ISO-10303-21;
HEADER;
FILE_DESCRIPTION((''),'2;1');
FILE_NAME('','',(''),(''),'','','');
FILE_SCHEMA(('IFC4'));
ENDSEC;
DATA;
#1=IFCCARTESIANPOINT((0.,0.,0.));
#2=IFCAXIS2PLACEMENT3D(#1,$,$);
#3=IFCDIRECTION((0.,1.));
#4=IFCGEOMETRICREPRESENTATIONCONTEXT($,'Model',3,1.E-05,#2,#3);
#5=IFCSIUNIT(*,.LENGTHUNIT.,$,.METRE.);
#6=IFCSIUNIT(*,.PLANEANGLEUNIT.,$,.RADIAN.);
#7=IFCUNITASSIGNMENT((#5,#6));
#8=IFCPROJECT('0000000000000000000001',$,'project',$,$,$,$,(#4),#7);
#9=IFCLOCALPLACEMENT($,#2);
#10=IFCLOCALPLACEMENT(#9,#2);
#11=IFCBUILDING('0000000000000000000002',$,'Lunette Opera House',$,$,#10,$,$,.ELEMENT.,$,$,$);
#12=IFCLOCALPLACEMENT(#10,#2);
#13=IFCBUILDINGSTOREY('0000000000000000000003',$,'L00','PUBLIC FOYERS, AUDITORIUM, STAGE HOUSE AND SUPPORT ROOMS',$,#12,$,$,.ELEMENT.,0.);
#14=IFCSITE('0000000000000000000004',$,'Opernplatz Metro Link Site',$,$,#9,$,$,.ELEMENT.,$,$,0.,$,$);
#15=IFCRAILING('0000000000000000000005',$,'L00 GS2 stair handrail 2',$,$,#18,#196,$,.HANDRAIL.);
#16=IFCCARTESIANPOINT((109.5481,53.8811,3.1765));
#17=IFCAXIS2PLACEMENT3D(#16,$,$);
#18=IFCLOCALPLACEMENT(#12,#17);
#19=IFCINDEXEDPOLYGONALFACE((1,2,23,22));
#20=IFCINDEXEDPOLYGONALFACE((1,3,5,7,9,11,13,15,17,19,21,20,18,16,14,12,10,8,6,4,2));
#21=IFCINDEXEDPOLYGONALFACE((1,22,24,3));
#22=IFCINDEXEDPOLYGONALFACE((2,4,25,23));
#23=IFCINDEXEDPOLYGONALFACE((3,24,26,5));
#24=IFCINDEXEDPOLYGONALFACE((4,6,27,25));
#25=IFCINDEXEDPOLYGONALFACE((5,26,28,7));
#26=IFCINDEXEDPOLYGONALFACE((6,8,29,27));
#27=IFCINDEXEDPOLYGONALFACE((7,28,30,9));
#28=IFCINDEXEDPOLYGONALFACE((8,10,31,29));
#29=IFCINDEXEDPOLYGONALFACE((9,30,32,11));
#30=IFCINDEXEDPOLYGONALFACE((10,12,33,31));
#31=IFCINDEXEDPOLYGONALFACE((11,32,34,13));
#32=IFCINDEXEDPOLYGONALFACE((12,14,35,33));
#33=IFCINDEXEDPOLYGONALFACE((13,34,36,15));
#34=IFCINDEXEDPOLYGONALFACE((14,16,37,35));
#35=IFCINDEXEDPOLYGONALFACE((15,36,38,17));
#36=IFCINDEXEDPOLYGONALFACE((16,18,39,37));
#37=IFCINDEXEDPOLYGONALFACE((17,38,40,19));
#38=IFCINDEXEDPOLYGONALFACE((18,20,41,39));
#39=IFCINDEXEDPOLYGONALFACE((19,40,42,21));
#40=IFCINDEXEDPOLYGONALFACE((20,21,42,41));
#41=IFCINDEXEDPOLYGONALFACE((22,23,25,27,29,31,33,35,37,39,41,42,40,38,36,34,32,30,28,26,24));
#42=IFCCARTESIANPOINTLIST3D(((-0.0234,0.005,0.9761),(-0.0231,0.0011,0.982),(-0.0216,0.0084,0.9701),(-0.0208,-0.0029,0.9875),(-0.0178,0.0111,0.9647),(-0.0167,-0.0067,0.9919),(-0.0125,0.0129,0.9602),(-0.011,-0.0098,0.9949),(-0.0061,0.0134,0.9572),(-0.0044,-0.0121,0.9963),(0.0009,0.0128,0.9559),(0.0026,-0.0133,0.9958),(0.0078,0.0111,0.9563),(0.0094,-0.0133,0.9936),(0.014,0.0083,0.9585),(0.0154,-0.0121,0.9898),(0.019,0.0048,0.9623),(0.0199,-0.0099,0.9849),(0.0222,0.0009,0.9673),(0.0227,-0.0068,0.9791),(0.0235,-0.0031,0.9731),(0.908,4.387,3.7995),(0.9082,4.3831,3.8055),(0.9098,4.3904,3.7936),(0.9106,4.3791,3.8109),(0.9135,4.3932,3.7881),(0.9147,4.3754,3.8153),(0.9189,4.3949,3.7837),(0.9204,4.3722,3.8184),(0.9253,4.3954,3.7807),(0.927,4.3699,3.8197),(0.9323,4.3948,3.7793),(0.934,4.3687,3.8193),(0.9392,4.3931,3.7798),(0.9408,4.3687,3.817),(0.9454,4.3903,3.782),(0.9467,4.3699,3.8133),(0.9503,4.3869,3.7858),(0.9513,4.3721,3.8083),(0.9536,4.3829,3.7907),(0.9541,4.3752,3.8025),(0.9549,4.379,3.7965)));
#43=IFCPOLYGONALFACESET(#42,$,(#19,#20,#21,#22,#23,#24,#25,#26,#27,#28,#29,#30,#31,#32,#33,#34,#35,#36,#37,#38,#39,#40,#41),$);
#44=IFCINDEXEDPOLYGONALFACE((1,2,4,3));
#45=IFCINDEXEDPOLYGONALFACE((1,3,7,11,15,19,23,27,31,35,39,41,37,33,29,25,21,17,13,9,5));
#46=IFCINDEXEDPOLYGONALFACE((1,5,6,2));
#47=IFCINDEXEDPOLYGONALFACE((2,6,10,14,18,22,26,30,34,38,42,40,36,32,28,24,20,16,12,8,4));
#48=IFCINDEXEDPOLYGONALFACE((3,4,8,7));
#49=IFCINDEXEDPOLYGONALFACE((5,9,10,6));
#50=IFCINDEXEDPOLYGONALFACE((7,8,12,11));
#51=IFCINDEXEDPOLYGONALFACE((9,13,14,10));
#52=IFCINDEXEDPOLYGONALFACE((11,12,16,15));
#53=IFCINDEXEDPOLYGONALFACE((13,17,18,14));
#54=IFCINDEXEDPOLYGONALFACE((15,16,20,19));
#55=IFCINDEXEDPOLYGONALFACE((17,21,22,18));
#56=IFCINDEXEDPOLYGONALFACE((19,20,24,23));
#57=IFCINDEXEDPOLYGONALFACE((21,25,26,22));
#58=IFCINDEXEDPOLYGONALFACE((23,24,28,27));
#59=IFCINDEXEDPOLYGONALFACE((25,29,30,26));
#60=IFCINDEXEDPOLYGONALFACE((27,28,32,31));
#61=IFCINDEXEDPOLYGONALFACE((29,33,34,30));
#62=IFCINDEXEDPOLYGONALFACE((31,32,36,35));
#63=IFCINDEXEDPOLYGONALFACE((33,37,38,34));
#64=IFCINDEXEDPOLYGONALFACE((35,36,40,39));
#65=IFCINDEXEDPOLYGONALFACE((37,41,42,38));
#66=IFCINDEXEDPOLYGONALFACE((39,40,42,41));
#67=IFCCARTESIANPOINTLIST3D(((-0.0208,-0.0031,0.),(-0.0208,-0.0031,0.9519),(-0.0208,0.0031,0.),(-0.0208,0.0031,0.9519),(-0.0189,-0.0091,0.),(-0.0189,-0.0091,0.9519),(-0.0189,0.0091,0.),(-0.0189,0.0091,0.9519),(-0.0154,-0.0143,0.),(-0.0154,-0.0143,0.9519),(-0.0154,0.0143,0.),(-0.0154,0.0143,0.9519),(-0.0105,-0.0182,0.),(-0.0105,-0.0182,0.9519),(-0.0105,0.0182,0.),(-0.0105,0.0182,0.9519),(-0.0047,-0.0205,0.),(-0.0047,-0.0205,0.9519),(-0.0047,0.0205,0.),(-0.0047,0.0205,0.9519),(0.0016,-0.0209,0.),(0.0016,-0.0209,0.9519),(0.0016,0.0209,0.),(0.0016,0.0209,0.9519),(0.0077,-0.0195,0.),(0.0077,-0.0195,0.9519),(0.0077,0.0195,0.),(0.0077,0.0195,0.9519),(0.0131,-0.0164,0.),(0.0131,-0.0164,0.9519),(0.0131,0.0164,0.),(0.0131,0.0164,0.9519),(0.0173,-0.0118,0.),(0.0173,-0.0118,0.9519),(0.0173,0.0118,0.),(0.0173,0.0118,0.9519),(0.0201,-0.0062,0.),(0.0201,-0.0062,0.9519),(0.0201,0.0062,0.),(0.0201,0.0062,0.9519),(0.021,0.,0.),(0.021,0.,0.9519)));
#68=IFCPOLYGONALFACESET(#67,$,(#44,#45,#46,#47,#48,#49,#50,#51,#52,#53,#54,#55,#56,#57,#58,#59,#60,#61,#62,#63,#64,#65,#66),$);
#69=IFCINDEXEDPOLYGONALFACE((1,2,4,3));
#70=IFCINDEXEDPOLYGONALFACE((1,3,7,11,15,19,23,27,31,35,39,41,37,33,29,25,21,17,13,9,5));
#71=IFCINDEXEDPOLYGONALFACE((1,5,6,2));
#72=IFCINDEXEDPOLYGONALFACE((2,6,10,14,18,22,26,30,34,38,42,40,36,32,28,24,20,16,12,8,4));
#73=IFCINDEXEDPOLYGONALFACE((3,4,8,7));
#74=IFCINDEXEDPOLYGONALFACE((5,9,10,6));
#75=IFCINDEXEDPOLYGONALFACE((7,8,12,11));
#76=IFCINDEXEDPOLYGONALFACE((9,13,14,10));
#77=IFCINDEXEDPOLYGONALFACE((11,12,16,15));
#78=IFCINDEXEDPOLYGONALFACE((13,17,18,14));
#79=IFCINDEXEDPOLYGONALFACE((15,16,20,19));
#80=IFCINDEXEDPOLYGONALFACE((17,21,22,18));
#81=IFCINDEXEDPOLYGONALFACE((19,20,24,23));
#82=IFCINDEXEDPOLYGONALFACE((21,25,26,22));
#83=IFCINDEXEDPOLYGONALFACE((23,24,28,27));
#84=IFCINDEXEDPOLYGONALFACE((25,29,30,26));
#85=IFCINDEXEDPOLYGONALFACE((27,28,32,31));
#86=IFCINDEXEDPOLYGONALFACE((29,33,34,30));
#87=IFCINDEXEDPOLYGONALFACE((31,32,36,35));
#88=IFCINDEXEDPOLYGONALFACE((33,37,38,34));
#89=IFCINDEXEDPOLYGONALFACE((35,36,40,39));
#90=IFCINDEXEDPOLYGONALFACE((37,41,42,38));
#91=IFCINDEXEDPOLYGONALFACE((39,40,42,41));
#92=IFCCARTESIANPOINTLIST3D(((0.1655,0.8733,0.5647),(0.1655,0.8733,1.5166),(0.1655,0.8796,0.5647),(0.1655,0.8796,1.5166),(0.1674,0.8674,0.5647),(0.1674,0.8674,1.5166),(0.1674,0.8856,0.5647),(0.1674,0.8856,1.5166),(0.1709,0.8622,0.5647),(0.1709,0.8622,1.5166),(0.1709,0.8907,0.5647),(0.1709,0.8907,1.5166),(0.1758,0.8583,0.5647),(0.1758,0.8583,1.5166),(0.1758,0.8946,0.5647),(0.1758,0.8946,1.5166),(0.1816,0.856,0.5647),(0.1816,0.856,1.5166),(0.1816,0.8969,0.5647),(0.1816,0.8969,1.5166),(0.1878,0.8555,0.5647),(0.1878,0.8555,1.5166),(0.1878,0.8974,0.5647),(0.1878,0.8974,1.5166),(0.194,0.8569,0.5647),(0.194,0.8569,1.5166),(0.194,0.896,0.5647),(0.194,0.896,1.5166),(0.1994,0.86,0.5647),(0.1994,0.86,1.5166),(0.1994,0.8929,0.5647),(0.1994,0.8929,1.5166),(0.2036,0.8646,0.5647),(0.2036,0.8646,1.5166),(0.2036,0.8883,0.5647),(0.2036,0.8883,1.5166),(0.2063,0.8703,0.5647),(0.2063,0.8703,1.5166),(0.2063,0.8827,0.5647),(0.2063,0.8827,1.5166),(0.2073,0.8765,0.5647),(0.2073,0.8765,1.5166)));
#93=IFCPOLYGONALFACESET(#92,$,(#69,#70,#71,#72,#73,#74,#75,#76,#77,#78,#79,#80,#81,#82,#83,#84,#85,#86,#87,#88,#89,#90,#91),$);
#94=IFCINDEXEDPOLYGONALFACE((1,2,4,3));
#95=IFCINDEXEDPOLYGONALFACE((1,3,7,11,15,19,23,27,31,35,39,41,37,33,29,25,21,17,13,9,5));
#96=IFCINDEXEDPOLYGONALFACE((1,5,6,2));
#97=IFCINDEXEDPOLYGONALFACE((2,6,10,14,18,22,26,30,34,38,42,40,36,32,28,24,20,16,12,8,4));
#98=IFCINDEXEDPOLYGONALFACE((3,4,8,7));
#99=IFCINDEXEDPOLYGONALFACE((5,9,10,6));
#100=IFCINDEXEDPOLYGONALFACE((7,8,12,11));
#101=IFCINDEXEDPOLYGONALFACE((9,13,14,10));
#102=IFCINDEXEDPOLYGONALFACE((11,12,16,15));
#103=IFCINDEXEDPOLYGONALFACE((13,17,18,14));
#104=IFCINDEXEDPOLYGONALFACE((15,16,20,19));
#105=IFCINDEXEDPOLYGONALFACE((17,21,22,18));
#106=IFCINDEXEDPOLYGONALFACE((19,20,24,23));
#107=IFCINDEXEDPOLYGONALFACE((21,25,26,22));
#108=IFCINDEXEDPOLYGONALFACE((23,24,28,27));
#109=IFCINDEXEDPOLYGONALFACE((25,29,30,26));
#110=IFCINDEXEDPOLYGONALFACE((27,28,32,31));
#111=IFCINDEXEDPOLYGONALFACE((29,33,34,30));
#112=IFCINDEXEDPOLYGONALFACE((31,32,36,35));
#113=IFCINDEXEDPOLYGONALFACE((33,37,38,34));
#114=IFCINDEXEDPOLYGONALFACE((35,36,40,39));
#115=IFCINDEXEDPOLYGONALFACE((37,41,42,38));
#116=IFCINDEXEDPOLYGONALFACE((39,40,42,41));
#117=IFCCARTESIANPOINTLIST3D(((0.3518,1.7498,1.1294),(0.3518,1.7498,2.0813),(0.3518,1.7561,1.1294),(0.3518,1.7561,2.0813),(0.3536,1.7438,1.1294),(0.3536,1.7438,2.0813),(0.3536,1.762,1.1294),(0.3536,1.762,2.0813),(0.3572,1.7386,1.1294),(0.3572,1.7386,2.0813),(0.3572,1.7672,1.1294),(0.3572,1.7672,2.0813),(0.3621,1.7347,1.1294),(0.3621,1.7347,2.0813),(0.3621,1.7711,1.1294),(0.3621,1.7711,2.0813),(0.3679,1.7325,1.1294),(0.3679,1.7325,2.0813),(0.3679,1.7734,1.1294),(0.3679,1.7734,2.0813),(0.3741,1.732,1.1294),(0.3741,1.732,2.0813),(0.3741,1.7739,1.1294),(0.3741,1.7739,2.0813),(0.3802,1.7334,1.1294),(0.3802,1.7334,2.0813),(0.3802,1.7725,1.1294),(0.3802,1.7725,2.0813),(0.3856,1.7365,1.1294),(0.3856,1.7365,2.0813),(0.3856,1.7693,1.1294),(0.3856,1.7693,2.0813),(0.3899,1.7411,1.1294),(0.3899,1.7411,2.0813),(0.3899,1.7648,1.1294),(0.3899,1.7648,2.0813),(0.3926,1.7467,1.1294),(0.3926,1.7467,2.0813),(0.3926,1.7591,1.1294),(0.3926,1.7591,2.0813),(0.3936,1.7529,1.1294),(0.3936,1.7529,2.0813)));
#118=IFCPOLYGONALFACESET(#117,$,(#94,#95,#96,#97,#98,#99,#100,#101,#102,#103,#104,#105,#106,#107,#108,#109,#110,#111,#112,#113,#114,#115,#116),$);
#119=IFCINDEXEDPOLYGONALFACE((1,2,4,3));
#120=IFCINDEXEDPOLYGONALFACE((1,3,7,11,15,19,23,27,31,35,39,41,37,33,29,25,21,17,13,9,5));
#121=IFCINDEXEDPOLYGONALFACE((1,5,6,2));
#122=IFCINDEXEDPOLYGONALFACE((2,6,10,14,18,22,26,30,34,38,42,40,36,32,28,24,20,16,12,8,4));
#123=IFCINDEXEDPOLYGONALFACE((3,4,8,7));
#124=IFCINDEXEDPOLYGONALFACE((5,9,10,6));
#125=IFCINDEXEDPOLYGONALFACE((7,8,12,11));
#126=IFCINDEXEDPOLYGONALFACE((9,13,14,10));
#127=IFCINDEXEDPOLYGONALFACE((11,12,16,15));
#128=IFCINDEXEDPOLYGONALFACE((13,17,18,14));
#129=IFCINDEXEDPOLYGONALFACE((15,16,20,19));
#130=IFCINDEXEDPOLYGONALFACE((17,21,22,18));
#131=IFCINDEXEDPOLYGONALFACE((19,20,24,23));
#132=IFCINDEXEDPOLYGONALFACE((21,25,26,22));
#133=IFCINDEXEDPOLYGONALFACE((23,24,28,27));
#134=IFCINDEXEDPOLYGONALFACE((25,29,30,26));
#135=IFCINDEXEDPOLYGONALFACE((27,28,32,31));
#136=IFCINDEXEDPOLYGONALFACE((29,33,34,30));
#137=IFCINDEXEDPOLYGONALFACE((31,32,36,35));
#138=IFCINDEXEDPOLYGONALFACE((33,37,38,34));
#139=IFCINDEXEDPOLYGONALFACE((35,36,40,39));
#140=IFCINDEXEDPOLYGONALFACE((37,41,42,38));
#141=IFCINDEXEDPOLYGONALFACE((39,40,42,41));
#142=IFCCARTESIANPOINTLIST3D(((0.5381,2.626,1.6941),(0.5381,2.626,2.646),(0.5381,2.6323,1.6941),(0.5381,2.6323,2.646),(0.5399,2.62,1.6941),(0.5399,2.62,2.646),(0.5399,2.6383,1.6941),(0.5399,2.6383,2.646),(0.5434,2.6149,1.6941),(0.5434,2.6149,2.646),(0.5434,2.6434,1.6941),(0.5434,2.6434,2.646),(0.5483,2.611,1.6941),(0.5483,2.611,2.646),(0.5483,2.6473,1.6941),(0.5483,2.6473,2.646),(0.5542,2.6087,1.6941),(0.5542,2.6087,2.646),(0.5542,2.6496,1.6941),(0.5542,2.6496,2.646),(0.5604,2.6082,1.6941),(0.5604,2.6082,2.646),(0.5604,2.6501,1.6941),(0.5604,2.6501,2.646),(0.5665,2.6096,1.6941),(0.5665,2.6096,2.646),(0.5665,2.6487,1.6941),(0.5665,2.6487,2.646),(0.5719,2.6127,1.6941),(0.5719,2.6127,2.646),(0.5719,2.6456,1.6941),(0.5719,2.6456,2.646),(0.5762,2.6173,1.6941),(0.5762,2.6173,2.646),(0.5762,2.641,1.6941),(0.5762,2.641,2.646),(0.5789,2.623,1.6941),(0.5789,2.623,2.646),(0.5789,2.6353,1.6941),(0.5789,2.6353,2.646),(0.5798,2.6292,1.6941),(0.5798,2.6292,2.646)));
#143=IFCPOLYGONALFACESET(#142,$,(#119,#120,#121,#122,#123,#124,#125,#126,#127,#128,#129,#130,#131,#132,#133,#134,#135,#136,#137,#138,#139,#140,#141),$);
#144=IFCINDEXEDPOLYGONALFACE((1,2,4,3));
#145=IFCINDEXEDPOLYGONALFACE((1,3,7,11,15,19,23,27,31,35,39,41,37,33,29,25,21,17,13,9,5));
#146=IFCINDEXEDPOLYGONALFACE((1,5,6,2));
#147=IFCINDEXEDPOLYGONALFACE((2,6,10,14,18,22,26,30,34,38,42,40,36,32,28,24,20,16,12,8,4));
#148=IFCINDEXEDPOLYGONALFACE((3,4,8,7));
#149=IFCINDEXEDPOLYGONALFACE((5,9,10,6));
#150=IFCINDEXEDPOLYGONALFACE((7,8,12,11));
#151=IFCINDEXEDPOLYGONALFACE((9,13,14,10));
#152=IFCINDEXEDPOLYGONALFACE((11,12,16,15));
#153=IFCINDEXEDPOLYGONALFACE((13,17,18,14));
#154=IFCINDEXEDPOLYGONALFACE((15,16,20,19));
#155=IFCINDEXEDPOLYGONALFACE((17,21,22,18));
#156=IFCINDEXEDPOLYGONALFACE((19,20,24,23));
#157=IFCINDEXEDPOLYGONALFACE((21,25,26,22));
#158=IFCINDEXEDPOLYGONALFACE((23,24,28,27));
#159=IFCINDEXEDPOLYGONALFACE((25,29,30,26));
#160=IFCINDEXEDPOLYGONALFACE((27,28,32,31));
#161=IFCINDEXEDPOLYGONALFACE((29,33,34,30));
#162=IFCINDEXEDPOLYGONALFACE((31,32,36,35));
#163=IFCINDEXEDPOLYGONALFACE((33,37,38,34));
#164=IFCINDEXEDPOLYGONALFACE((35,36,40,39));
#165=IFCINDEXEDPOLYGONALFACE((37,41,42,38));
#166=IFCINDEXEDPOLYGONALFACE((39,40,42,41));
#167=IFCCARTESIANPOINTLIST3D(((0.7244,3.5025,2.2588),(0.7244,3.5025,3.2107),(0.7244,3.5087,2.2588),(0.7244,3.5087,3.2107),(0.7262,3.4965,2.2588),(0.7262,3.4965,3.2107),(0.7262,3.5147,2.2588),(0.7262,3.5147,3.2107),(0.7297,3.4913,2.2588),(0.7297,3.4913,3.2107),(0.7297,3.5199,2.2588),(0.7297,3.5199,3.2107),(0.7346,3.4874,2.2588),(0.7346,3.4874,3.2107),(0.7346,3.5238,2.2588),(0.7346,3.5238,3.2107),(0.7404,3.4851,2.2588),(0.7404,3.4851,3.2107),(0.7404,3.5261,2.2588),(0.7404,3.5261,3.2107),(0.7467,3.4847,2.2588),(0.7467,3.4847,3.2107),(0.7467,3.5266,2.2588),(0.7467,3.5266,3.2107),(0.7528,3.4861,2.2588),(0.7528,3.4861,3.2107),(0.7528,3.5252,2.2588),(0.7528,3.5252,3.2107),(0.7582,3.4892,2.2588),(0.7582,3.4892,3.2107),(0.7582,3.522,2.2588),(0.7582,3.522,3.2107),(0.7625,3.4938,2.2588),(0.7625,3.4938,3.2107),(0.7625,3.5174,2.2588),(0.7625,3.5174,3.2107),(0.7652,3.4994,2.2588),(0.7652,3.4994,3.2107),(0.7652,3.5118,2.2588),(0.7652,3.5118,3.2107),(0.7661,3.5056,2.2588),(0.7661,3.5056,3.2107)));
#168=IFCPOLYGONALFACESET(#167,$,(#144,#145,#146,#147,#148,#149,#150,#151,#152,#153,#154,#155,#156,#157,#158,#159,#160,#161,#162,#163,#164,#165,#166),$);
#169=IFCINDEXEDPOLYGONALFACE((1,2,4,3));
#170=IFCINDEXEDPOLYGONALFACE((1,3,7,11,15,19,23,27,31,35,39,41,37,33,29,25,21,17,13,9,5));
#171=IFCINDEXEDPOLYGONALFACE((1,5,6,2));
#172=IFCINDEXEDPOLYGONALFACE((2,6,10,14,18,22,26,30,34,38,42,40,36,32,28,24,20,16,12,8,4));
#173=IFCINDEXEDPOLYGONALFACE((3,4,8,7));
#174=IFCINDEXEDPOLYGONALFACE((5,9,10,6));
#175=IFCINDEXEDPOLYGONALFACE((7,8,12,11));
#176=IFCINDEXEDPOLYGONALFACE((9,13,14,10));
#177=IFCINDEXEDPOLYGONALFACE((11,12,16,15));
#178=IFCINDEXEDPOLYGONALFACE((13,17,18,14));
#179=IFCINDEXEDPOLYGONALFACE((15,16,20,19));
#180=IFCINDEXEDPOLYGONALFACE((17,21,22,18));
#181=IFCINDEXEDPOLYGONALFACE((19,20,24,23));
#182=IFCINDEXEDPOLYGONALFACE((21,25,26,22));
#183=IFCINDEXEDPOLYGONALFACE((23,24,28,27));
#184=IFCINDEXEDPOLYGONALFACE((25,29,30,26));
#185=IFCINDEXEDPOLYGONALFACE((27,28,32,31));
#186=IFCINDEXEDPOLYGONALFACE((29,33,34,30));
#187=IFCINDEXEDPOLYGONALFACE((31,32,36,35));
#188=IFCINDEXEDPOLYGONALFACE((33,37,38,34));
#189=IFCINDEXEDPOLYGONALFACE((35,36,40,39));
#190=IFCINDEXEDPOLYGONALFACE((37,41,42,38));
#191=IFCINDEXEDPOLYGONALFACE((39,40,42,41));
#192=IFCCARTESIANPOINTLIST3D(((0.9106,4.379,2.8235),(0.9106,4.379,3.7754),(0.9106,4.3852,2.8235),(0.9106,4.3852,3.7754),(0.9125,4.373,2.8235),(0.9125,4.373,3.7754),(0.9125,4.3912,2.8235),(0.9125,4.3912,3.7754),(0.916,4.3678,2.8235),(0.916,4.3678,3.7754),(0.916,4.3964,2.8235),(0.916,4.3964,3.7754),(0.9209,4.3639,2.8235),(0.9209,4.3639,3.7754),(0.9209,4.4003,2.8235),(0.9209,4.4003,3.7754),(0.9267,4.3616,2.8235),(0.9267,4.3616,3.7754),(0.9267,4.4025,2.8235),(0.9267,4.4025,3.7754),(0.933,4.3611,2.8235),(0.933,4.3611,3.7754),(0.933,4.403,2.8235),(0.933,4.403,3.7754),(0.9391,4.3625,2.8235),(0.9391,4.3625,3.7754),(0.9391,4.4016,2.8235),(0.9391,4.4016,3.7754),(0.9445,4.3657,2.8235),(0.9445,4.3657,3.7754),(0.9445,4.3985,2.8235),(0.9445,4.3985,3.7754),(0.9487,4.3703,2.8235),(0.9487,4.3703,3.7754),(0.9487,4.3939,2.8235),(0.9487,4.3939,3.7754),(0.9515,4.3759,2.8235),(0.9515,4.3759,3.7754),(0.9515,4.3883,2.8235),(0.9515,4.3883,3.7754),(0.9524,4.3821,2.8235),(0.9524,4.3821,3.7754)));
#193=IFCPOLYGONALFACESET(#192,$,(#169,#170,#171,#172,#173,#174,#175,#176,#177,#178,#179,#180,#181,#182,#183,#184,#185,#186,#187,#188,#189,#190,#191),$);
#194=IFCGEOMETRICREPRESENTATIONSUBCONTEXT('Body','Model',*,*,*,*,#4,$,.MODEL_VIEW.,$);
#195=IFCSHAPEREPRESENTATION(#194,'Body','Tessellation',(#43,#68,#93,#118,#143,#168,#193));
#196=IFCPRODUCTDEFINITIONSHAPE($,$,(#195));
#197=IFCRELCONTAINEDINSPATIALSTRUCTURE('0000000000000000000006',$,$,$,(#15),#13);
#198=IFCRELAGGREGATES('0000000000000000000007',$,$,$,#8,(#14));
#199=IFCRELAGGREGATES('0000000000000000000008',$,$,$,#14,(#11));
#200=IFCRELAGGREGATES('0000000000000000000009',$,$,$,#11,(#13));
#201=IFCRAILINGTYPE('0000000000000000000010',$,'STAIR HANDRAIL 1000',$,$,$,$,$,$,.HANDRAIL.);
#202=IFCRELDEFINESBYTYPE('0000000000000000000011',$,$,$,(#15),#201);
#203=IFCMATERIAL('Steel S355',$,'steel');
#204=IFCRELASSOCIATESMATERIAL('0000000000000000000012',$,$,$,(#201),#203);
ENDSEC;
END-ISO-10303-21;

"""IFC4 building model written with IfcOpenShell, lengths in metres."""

from ifc_helpers import new_model, si_unit, direction, frame, origin, origin_2d, place, context, subcontext, project, spatial, circle, extrude, material, type_object, element, save


model = new_model("IFC4")

# Units and contexts
model_context = context("Model", 3, precision=1e-05, world=origin(), true_north=direction((0.0, 1.0)))
body_context = subcontext(model_context, "Body", "Model", "MODEL_VIEW")
ifc_project = project(units=[si_unit("LENGTHUNIT", "METRE"), si_unit("PLANEANGLEUNIT", "RADIAN")], contexts=[model_context])

# Site, building, storey
site_placement = place(None, origin())
site = spatial("IfcSite", under=ifc_project, at=site_placement, Name="Opernplatz Metro Link Site", CompositionType="ELEMENT", RefElevation=0.0)
building_placement = place(site_placement, origin())
building = spatial("IfcBuilding", under=site, at=building_placement, Name="Lunette Opera House", CompositionType="ELEMENT")
storey_placement = place(building_placement, origin())
storey = spatial("IfcBuildingStorey", under=building, at=storey_placement, Name="L00", Description="PUBLIC FOYERS, AUDITORIUM, STAGE HOUSE AND SUPPORT ROOMS", CompositionType="ELEMENT", Elevation=0.0)

# Railing
ifc_material_1 = material(Name="Steel S355", Category="steel")
railing_type_1 = type_object("IfcRailingType", Name="STAIR HANDRAIL 1000", PredefinedType="HANDRAIL", material=ifc_material_1)
railing_1_placement = place(storey_placement, frame((109.5481, 53.8811, 3.1765)))
element("IfcRailing", 1, at=railing_1_placement, inside=storey, type_object=railing_type_1, Name="L00 GS2 stair handrail 2", PredefinedType="HANDRAIL", context=body_context, shape_type="SweptSolid", body=[
    extrude(circle(Radius=0.0239, at=origin_2d()), frame((0.0, 0.0, 0.9761), z_axis=(0.175885, 0.827512, 0.533187), x_axis=(-0.97815, 0.207902, 0.0)), (0.0, 0.0, 1.0), 5.2954),
    extrude(circle(Radius=0.021, at=origin_2d()), origin(), (0.0, 0.0, 1.0), 0.9519),
    extrude(circle(Radius=0.021, at=origin_2d()), frame((0.1863, 0.8765, 0.5647)), (0.0, 0.0, 1.0), 0.9519),
    extrude(circle(Radius=0.021, at=origin_2d()), frame((0.3726, 1.7529, 1.1294)), (0.0, 0.0, 1.0), 0.9519),
    extrude(circle(Radius=0.021, at=origin_2d()), frame((0.5588, 2.6292, 1.6941)), (0.0, 0.0, 1.0), 0.9519),
    extrude(circle(Radius=0.021, at=origin_2d()), frame((0.7451, 3.5056, 2.2588)), (0.0, 0.0, 1.0), 0.9519),
    extrude(circle(Radius=0.021, at=origin_2d()), frame((0.9314, 4.3821, 2.8235)), (0.0, 0.0, 1.0), 0.9519),
])

save(model, "model.ifc")
